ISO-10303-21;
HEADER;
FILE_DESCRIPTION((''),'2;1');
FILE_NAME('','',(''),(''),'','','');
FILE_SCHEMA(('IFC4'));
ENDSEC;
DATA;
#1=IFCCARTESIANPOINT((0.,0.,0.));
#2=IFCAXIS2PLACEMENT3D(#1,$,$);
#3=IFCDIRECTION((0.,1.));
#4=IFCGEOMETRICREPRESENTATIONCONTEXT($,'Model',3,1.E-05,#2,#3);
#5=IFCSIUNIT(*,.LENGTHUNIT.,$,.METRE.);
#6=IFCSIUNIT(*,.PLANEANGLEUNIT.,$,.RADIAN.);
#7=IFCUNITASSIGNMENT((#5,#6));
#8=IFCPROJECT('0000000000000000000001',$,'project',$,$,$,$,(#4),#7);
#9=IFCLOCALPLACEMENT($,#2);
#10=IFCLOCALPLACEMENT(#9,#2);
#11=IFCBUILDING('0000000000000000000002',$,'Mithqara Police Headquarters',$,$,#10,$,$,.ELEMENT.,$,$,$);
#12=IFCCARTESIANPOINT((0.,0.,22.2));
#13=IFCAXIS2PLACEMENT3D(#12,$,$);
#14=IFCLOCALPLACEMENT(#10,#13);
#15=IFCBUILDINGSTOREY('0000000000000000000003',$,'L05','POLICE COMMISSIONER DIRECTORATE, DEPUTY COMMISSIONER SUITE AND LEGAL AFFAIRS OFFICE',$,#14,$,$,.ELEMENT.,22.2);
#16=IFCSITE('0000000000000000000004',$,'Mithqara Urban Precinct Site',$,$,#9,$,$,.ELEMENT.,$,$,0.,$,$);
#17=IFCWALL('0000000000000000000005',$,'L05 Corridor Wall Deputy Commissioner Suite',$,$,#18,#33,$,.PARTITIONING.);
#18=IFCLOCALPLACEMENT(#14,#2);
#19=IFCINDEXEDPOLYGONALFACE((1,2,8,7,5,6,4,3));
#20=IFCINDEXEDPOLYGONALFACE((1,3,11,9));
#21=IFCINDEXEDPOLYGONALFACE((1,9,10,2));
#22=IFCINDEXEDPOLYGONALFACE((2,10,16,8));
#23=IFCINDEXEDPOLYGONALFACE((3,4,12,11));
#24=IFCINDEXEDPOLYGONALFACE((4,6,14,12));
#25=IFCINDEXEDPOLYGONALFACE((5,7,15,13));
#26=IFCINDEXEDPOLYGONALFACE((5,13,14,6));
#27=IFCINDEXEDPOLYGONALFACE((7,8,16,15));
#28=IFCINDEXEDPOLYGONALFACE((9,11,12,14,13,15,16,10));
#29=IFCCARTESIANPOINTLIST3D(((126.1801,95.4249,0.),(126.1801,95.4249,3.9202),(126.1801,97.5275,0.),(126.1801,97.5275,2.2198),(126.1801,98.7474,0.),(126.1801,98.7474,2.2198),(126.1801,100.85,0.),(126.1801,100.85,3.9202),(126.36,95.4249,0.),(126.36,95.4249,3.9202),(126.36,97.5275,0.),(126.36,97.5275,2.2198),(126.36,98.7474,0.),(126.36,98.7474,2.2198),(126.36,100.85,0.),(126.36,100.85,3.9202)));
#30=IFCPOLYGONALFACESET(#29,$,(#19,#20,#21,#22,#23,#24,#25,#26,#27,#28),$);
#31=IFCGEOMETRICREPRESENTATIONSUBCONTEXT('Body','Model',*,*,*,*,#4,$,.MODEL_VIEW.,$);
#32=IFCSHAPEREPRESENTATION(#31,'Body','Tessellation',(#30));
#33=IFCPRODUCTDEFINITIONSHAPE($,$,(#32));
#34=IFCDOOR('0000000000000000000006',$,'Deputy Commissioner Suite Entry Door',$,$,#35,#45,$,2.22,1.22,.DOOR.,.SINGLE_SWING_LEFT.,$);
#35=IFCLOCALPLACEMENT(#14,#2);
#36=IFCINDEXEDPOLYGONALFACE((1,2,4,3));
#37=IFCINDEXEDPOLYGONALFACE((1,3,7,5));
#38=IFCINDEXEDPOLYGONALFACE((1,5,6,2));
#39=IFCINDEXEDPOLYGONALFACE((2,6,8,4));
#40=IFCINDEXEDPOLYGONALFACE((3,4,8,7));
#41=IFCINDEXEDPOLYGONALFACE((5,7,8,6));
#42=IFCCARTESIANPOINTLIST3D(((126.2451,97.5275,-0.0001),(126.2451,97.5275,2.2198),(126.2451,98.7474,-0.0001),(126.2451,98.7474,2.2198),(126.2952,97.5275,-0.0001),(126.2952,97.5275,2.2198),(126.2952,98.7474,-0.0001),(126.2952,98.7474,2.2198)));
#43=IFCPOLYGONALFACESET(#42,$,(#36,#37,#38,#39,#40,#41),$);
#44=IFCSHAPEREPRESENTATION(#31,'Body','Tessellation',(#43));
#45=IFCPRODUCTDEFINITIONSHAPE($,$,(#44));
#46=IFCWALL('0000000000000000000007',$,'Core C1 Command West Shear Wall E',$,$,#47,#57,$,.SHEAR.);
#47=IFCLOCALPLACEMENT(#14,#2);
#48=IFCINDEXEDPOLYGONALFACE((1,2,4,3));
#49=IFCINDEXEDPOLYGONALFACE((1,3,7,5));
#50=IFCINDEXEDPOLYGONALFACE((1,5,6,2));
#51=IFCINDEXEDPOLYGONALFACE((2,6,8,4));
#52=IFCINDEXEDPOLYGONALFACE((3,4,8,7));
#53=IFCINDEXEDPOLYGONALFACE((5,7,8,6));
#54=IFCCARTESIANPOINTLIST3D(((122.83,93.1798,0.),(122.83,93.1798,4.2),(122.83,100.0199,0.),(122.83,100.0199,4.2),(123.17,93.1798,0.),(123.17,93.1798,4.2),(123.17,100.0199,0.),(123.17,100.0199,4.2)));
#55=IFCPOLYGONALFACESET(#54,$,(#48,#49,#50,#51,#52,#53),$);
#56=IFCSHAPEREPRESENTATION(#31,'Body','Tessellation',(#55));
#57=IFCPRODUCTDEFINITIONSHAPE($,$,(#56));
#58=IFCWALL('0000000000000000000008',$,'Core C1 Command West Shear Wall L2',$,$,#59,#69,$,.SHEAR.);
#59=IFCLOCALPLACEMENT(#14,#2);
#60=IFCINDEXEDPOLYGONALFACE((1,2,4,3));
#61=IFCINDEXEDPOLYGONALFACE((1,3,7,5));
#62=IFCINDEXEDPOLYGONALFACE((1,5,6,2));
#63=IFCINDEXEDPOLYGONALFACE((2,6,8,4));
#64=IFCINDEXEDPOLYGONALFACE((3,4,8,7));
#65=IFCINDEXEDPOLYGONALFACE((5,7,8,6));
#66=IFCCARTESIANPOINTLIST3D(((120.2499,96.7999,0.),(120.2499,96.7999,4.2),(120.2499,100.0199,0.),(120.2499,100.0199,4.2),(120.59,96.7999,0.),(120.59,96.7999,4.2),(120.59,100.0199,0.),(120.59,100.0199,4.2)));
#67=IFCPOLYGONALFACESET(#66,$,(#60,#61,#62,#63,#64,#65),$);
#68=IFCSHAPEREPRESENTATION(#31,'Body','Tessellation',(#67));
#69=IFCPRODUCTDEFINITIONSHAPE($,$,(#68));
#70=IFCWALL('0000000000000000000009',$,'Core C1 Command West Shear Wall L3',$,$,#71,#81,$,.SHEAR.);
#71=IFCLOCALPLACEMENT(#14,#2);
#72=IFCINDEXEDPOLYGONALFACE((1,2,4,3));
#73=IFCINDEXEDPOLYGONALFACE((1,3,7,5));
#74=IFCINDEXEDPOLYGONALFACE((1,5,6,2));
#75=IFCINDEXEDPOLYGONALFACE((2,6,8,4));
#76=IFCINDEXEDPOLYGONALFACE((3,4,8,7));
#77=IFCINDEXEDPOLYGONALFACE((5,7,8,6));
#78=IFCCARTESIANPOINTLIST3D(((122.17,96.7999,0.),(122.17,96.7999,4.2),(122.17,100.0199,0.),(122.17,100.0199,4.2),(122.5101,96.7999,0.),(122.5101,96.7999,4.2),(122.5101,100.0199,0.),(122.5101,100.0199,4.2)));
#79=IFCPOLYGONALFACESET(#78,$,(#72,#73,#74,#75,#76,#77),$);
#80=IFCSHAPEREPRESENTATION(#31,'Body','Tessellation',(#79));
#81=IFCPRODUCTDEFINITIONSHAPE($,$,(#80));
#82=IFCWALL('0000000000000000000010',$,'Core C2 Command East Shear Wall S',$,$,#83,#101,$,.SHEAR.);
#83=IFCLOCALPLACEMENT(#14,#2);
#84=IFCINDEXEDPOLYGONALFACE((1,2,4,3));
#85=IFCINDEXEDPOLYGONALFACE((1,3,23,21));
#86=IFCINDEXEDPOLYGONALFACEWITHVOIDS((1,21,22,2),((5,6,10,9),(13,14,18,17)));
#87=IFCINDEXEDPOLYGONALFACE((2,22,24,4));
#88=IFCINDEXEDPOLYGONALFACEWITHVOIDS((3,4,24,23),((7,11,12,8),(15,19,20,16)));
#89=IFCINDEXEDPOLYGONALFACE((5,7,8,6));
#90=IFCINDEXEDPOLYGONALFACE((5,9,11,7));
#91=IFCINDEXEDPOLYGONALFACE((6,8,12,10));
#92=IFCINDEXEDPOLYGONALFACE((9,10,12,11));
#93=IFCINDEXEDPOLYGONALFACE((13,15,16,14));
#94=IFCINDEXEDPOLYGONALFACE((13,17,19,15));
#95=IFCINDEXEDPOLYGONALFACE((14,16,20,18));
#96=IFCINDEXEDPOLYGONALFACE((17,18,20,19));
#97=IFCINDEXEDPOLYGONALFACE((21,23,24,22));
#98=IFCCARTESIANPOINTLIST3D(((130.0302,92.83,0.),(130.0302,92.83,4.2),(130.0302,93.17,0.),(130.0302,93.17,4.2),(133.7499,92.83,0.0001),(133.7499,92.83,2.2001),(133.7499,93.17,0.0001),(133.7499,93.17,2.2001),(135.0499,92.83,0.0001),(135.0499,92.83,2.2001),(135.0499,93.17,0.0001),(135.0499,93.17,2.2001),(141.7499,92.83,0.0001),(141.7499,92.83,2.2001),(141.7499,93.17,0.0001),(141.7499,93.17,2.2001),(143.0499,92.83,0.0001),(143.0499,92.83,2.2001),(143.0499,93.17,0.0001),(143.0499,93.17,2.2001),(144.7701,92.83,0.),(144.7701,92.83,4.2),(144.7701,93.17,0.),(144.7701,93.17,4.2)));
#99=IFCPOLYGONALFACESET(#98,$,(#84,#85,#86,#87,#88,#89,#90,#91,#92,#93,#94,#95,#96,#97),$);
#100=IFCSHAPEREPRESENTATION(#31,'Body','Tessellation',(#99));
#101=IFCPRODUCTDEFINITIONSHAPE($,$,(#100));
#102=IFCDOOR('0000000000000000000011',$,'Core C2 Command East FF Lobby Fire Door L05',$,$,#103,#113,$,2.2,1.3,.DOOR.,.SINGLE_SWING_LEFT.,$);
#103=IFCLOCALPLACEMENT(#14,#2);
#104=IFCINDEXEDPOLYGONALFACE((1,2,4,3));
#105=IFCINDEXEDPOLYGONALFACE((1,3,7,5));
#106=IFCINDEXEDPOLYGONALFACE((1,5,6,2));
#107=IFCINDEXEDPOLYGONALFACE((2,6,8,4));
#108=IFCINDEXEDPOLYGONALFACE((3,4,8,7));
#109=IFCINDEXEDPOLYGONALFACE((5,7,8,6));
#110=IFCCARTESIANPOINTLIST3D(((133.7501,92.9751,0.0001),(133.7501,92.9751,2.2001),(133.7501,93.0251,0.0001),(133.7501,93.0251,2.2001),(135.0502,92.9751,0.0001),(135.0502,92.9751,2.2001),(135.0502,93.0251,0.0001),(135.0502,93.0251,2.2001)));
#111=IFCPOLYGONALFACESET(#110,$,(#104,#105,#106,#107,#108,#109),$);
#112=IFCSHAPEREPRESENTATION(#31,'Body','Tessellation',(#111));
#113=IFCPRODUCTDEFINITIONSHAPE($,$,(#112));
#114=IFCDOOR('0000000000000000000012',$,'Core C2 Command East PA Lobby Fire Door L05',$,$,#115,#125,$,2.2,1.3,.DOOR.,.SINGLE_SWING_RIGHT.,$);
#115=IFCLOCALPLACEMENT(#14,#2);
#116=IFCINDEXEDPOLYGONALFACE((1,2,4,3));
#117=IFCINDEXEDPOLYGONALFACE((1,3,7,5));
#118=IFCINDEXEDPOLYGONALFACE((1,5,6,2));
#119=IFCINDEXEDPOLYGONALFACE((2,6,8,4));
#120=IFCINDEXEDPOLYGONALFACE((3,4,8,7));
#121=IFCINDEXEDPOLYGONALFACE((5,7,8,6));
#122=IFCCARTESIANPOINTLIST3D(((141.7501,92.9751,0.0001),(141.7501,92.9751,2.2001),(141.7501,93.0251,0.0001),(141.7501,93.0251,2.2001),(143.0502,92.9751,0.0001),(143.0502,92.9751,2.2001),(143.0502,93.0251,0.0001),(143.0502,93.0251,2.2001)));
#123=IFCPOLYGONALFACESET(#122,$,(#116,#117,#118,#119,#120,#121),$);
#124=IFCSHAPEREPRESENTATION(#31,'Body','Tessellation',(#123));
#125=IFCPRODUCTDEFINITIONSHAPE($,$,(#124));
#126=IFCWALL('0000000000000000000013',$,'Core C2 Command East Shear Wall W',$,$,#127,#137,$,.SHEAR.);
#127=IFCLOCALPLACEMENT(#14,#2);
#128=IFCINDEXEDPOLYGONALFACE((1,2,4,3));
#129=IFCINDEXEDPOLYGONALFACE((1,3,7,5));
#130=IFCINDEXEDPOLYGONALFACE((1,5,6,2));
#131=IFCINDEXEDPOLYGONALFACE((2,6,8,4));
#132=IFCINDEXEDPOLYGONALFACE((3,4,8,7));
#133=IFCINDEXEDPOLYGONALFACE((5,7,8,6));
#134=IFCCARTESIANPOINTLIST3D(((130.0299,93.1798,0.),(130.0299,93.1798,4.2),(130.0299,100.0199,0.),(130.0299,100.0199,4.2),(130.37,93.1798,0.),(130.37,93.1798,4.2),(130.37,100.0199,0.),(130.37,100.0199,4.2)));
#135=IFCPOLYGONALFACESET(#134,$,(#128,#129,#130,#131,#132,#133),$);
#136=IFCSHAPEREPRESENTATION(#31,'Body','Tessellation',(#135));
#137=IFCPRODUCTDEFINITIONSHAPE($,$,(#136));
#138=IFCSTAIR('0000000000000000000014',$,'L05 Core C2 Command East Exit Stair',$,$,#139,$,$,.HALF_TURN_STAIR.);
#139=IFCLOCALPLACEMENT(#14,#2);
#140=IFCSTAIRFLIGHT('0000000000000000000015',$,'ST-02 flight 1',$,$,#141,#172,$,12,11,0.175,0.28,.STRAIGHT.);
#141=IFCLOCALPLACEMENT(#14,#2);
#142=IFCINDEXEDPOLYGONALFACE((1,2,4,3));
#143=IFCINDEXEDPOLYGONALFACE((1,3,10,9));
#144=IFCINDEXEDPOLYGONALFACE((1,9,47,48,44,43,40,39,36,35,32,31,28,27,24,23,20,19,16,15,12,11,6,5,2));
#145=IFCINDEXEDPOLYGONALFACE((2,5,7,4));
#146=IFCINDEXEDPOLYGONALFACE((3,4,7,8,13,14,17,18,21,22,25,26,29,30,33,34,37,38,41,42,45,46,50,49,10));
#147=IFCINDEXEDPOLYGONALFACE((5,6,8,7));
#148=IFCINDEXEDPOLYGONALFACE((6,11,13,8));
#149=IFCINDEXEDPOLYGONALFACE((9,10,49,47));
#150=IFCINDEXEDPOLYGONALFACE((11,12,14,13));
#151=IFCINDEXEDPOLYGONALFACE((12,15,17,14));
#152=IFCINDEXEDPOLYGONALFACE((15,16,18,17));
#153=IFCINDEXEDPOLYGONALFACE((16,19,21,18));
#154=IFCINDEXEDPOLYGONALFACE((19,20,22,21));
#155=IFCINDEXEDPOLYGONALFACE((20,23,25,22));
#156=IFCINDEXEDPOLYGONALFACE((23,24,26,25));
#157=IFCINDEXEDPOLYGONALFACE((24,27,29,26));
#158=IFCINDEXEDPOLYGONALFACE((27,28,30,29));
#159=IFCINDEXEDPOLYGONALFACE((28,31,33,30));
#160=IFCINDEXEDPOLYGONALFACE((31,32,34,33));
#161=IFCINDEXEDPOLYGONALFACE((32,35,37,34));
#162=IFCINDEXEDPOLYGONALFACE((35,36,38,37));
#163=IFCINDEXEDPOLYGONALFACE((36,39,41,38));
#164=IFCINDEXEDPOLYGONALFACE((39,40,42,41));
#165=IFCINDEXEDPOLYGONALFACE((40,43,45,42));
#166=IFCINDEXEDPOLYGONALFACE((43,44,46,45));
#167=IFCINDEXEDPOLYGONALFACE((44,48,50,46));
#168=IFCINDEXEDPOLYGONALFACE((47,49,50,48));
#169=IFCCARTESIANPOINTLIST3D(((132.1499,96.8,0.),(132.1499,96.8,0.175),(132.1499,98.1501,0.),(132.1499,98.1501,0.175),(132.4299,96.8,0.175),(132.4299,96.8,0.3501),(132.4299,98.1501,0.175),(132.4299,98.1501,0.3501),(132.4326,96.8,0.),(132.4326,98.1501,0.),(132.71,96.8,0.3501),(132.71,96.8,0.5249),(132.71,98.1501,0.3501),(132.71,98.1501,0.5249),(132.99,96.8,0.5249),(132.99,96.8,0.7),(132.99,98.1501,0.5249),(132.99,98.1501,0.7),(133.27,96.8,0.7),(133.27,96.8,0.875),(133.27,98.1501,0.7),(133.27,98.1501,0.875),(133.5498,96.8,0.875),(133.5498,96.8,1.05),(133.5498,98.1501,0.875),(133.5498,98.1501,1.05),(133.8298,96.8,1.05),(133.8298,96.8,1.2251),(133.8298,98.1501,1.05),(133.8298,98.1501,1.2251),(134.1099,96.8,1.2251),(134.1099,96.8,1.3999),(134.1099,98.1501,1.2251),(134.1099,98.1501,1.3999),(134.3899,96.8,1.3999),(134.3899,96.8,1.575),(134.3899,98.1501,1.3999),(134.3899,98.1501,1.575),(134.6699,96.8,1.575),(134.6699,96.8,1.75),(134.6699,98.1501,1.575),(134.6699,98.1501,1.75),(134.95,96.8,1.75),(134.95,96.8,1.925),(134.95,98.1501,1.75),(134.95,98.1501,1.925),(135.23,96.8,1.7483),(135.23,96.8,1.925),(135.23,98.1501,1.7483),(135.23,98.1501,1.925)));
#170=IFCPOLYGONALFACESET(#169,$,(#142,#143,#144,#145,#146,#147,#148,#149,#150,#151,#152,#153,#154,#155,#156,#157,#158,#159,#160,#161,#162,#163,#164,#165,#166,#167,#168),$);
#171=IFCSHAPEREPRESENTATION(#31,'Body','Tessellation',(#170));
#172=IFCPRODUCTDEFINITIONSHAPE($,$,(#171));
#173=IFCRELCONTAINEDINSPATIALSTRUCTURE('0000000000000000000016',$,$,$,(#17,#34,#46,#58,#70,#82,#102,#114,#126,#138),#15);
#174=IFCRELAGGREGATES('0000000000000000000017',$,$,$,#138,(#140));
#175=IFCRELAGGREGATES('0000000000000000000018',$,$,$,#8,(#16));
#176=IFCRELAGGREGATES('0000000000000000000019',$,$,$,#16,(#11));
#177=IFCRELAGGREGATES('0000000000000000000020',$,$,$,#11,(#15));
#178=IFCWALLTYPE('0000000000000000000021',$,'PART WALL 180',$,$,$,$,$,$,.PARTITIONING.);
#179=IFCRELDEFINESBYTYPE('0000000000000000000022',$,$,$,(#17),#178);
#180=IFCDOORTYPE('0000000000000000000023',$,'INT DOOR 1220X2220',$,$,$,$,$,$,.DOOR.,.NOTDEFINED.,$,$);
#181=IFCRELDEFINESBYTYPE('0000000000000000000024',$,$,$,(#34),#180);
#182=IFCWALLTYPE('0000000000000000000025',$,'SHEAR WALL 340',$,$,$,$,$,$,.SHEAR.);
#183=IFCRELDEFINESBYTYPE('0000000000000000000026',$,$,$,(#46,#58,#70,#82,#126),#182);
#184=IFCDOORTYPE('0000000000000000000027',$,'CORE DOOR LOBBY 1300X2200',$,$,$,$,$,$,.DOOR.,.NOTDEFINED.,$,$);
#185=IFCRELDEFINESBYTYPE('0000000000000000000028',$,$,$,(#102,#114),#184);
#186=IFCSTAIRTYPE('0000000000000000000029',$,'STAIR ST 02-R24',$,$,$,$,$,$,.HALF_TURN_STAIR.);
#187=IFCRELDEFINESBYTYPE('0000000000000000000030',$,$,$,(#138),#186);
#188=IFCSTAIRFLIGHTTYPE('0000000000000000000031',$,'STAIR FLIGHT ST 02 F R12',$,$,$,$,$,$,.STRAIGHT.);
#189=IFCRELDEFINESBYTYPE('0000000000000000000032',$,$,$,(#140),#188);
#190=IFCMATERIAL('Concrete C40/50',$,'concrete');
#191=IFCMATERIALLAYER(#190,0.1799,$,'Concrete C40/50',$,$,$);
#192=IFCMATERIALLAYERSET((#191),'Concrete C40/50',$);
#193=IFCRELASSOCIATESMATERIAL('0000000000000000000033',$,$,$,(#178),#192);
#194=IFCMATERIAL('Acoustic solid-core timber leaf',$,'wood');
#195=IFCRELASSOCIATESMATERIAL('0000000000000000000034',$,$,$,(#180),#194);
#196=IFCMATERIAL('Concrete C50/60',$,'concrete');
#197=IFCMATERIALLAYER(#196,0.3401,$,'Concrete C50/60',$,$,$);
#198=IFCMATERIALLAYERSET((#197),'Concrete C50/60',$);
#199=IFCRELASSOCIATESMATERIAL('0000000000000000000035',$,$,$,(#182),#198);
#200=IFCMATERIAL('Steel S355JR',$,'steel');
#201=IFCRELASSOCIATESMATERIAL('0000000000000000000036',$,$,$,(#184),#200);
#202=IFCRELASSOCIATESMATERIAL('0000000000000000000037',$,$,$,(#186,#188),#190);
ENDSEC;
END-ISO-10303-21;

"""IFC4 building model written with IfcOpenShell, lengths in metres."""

from ifc_helpers import new_model, si_unit, direction, frame, frame_2d, origin, place, context, subcontext, project, spatial, polyline, rectangle, outline, extrude, material, layer, layer_set, type_object, element, fill, aggregate, save


model = new_model("IFC4")

# Units and contexts
model_context = context("Model", 3, precision=1e-05, world=origin(), true_north=direction((0.0, 1.0)))
body_context = subcontext(model_context, "Body", "Model", "MODEL_VIEW")
ifc_project = project(units=[si_unit("LENGTHUNIT", "METRE"), si_unit("PLANEANGLEUNIT", "RADIAN")], contexts=[model_context])

# Site, building, storey
site_placement = place(None, origin())
site = spatial("IfcSite", under=ifc_project, at=site_placement, Name="Mithqara Urban Precinct Site", CompositionType="ELEMENT", RefElevation=0.0)
building_placement = place(site_placement, origin())
building = spatial("IfcBuilding", under=site, at=building_placement, Name="Mithqara Police Headquarters", CompositionType="ELEMENT")
storey_placement = place(building_placement, frame((0.0, 0.0, 22.2)))
storey = spatial("IfcBuildingStorey", under=building, at=storey_placement, Name="L05", Description="POLICE COMMISSIONER DIRECTORATE, DEPUTY COMMISSIONER SUITE AND LEGAL AFFAIRS OFFICE", CompositionType="ELEMENT", Elevation=22.2)

# Shared definitions
ifc_material_1 = material(Name="Steel S355JR", Category="steel")
ifc_material_2 = material(Name="Concrete C40/50", Category="concrete")

# Shared definitions
ifc_layer_1 = layer(ifc_material_2, 0.1799, Name="Concrete C40/50")
ifc_layer_set_1 = layer_set([ifc_layer_1], Name="Concrete C40/50")
wall_type_1 = type_object("IfcWallType", Name="PART WALL 180", PredefinedType="PARTITIONING", material=ifc_layer_set_1)

# Shared definitions
ifc_material_3 = material(Name="Acoustic solid-core timber leaf", Category="wood")

# Wall, opening, door
wall_1_placement = place(storey_placement, frame((126.27, 95.425, 0.0), z_axis=(0.0, 0.0, 1.0), x_axis=(0.0, 1.0, 0.0)))
wall_1 = element("IfcWall", 1, at=wall_1_placement, inside=storey, type_object=wall_type_1, Name="L05 Corridor Wall Deputy Commissioner Suite", PredefinedType="PARTITIONING", context=body_context, shape_type="SweptSolid", body=[
    extrude(rectangle(XDim=5.425, YDim=0.1799, at=frame_2d((2.7124, 0.0))), origin(), (0.0, 0.0, 1.0), 3.9202),
])
opening_1_placement = place(wall_1_placement, frame((2.1025, 0.0, 0.0)))
opening_1 = element("IfcOpeningElement", 2, at=opening_1_placement, cuts=wall_1, PredefinedType="OPENING", context=body_context, shape_type="SweptSolid", body=[
    extrude(rectangle(XDim=1.22, YDim=2.22, at=frame_2d((0.6099, 1.1099))), frame((0.0, 0.1001, 0.0), z_axis=(0.0, -1.0, 0.0), x_axis=(1.0, 0.0, 0.0)), (0.0, 0.0, 1.0), 0.2),
])
door_type_1 = type_object("IfcDoorType", Name="INT DOOR 1220X2220", OperationType="NOTDEFINED", PredefinedType="DOOR", material=ifc_material_3)
door_1_placement = place(opening_1_placement, origin())
door_1 = element("IfcDoor", 3, at=door_1_placement, inside=storey, type_object=door_type_1, Name="Deputy Commissioner Suite Entry Door", OperationType="SINGLE_SWING_LEFT", OverallHeight=2.22, OverallWidth=1.22, PredefinedType="DOOR", context=body_context, shape_type="SweptSolid", body=[
    extrude(rectangle(XDim=1.22, YDim=2.22, at=frame_2d((0.6099, 1.1099))), frame((0.0, 0.0249, 0.0), z_axis=(0.0, -1.0, 0.0), x_axis=(1.0, 0.0, 0.0)), (0.0, 0.0, 1.0), 0.05),
])
fill(opening_1, door_1)

# Walls
ifc_material_4 = material(Name="Concrete C50/60", Category="concrete")
ifc_layer_2 = layer(ifc_material_4, 0.3401, Name="Concrete C50/60")
ifc_layer_set_2 = layer_set([ifc_layer_2], Name="Concrete C50/60")
wall_type_2 = type_object("IfcWallType", Name="SHEAR WALL 340", PredefinedType="SHEAR", material=ifc_layer_set_2)
wall_2_placement = place(storey_placement, frame((123.0, 93.1799, 0.0), z_axis=(0.0, 0.0, 1.0), x_axis=(0.0, 1.0, 0.0)))
element("IfcWall", 4, at=wall_2_placement, inside=storey, type_object=wall_type_2, Name="Core C1 Command West Shear Wall E", PredefinedType="SHEAR", context=body_context, shape_type="SweptSolid", body=[
    extrude(rectangle(XDim=6.8401, YDim=0.3401, at=frame_2d((3.4199, 0.0))), origin(), (0.0, 0.0, 1.0), 4.2),
])
for number, where, z_axis, x_axis, name in (
    (5, (120.4199, 96.8, 0.0), (0.0, 0.0, 1.0), (0.0, 1.0, 0.0), "Core C1 Command West Shear Wall L2"),
    (6, (122.3401, 96.8, 0.0), (0.0, 0.0, 1.0), (0.0, 1.0, 0.0), "Core C1 Command West Shear Wall L3"),
):
    element("IfcWall", number, at=place(storey_placement, frame(where, z_axis=z_axis, x_axis=x_axis)), inside=storey, type_object=wall_type_2, Name=name, PredefinedType="SHEAR", context=body_context, shape_type="SweptSolid", body=[
        extrude(rectangle(XDim=3.22, YDim=0.3401, at=frame_2d((1.6099, 0.0))), origin(), (0.0, 0.0, 1.0), 4.2),
    ])

# Wall, openings, doors
wall_3_placement = place(storey_placement, frame((130.03, 93.0, 0.0), z_axis=(0.0, 0.0, 1.0), x_axis=(1.0, 0.0, 0.0)))
wall_3 = element("IfcWall", 7, at=wall_3_placement, inside=storey, type_object=wall_type_2, Name="Core C2 Command East Shear Wall S", PredefinedType="SHEAR", context=body_context, shape_type="SweptSolid", body=[
    extrude(rectangle(XDim=14.74, YDim=0.3401, at=frame_2d((7.3701, 0.0))), origin(), (0.0, 0.0, 1.0), 4.2),
])
opening_2_placement = place(wall_3_placement, frame((3.72, 0.0, 0.0)))
opening_2 = element("IfcOpeningElement", 8, at=opening_2_placement, cuts=wall_3, PredefinedType="OPENING", context=body_context, shape_type="SweptSolid", body=[
    extrude(rectangle(XDim=1.3, YDim=2.2, at=frame_2d((0.6499, 1.1001))), frame((0.0, 0.1802, 0.0), z_axis=(0.0, -1.0, 0.0), x_axis=(1.0, 0.0, 0.0)), (0.0, 0.0, 1.0), 0.3601),
])
opening_3_placement = place(wall_3_placement, frame((11.72, 0.0, 0.0)))
opening_3 = element("IfcOpeningElement", 9, at=opening_3_placement, cuts=wall_3, PredefinedType="OPENING", context=body_context, shape_type="SweptSolid", body=[
    extrude(rectangle(XDim=1.3, YDim=2.2, at=frame_2d((0.6499, 1.1001))), frame((0.0, 0.1802, 0.0), z_axis=(0.0, -1.0, 0.0), x_axis=(1.0, 0.0, 0.0)), (0.0, 0.0, 1.0), 0.3601),
])
door_type_2 = type_object("IfcDoorType", Name="CORE DOOR LOBBY 1300X2200", OperationType="NOTDEFINED", PredefinedType="DOOR", material=ifc_material_1)
door_2_placement = place(opening_2_placement, frame((1.3, 0.0, 0.0), z_axis=(0.0, 0.0, 1.0), x_axis=(-1.0, 0.0, 0.0)))
door_2 = element("IfcDoor", 10, at=door_2_placement, inside=storey, type_object=door_type_2, Name="Core C2 Command East FF Lobby Fire Door L05", OperationType="SINGLE_SWING_LEFT", OverallHeight=2.2, OverallWidth=1.3, PredefinedType="DOOR", context=body_context, shape_type="SweptSolid", body=[
    extrude(rectangle(XDim=1.3, YDim=2.2, at=frame_2d((0.6499, 1.1001))), frame((0.0, 0.0249, 0.0), z_axis=(0.0, -1.0, 0.0), x_axis=(1.0, 0.0, 0.0)), (0.0, 0.0, 1.0), 0.05),
])
fill(opening_2, door_2)
door_3_placement = place(opening_3_placement, frame((1.3, 0.0, 0.0), z_axis=(0.0, 0.0, 1.0), x_axis=(-1.0, 0.0, 0.0)))
door_3 = element("IfcDoor", 11, at=door_3_placement, inside=storey, type_object=door_type_2, Name="Core C2 Command East PA Lobby Fire Door L05", OperationType="SINGLE_SWING_RIGHT", OverallHeight=2.2, OverallWidth=1.3, PredefinedType="DOOR", context=body_context, shape_type="SweptSolid", body=[
    extrude(rectangle(XDim=1.3, YDim=2.2, at=frame_2d((0.6499, 1.1001))), frame((0.0, 0.0249, 0.0), z_axis=(0.0, -1.0, 0.0), x_axis=(1.0, 0.0, 0.0)), (0.0, 0.0, 1.0), 0.05),
])
fill(opening_3, door_3)

# Wall
wall_4_placement = place(storey_placement, frame((130.2, 93.1799, 0.0), z_axis=(0.0, 0.0, 1.0), x_axis=(0.0, 1.0, 0.0)))
element("IfcWall", 12, at=wall_4_placement, inside=storey, type_object=wall_type_2, Name="Core C2 Command East Shear Wall W", PredefinedType="SHEAR", context=body_context, shape_type="SweptSolid", body=[
    extrude(rectangle(XDim=6.8401, YDim=0.3401, at=frame_2d((3.4199, 0.0))), origin(), (0.0, 0.0, 1.0), 4.2),
])

# Stair, stair flight
stair_type = type_object("IfcStairType", Name="STAIR ST 02-R24", PredefinedType="HALF_TURN_STAIR", material=ifc_material_2)
stair_placement = place(storey_placement, origin())
stair = element("IfcStair", 13, at=stair_placement, inside=storey, type_object=stair_type, Name="L05 Core C2 Command East Exit Stair", PredefinedType="HALF_TURN_STAIR")
stair_flight_type = type_object("IfcStairFlightType", Name="STAIR FLIGHT ST 02 F R12", PredefinedType="STRAIGHT", material=ifc_material_2)
stair_flight_placement = place(storey_placement, frame((132.1499, 97.4751, 0.0), z_axis=(0.0, 0.0, 1.0), x_axis=(1.0, 0.0, 0.0)))
stair_flight = element("IfcStairFlight", 14, at=stair_flight_placement, type_object=stair_flight_type, Name="ST-02 flight 1", NumberOfRisers=12, NumberOfTreads=11, PredefinedType="STRAIGHT", RiserHeight=0.175, TreadLength=0.28, context=body_context, shape_type="SweptSolid", body=[
    extrude(outline(polyline([(0.0, 0.0), (0.0, 0.175), (0.28, 0.175), (0.28, 0.3501), (0.5601, 0.3501), (0.5601, 0.5249), (0.8401, 0.5249), (0.8401, 0.7), (1.1201, 0.7), (1.1201, 0.875), (1.3999, 0.875), (1.3999, 1.05), (1.6799, 1.05), (1.6799, 1.2251), (1.96, 1.2251), (1.96, 1.3999), (2.24, 1.3999), (2.24, 1.575), (2.52, 1.575), (2.52, 1.75), (2.8, 1.75), (2.8, 1.925), (3.0801, 1.925), (3.0801, 2.1001), (3.0801, 1.7483), (0.2827, 0.0), (0.0, 0.0)])), frame((0.0, 0.675, 0.0), z_axis=(0.0, -1.0, 0.0), x_axis=(1.0, 0.0, 0.0)), (0.0, 0.0, 1.0), 1.3501),
])
aggregate(stair, [stair_flight])

save(model, "model.ifc")
